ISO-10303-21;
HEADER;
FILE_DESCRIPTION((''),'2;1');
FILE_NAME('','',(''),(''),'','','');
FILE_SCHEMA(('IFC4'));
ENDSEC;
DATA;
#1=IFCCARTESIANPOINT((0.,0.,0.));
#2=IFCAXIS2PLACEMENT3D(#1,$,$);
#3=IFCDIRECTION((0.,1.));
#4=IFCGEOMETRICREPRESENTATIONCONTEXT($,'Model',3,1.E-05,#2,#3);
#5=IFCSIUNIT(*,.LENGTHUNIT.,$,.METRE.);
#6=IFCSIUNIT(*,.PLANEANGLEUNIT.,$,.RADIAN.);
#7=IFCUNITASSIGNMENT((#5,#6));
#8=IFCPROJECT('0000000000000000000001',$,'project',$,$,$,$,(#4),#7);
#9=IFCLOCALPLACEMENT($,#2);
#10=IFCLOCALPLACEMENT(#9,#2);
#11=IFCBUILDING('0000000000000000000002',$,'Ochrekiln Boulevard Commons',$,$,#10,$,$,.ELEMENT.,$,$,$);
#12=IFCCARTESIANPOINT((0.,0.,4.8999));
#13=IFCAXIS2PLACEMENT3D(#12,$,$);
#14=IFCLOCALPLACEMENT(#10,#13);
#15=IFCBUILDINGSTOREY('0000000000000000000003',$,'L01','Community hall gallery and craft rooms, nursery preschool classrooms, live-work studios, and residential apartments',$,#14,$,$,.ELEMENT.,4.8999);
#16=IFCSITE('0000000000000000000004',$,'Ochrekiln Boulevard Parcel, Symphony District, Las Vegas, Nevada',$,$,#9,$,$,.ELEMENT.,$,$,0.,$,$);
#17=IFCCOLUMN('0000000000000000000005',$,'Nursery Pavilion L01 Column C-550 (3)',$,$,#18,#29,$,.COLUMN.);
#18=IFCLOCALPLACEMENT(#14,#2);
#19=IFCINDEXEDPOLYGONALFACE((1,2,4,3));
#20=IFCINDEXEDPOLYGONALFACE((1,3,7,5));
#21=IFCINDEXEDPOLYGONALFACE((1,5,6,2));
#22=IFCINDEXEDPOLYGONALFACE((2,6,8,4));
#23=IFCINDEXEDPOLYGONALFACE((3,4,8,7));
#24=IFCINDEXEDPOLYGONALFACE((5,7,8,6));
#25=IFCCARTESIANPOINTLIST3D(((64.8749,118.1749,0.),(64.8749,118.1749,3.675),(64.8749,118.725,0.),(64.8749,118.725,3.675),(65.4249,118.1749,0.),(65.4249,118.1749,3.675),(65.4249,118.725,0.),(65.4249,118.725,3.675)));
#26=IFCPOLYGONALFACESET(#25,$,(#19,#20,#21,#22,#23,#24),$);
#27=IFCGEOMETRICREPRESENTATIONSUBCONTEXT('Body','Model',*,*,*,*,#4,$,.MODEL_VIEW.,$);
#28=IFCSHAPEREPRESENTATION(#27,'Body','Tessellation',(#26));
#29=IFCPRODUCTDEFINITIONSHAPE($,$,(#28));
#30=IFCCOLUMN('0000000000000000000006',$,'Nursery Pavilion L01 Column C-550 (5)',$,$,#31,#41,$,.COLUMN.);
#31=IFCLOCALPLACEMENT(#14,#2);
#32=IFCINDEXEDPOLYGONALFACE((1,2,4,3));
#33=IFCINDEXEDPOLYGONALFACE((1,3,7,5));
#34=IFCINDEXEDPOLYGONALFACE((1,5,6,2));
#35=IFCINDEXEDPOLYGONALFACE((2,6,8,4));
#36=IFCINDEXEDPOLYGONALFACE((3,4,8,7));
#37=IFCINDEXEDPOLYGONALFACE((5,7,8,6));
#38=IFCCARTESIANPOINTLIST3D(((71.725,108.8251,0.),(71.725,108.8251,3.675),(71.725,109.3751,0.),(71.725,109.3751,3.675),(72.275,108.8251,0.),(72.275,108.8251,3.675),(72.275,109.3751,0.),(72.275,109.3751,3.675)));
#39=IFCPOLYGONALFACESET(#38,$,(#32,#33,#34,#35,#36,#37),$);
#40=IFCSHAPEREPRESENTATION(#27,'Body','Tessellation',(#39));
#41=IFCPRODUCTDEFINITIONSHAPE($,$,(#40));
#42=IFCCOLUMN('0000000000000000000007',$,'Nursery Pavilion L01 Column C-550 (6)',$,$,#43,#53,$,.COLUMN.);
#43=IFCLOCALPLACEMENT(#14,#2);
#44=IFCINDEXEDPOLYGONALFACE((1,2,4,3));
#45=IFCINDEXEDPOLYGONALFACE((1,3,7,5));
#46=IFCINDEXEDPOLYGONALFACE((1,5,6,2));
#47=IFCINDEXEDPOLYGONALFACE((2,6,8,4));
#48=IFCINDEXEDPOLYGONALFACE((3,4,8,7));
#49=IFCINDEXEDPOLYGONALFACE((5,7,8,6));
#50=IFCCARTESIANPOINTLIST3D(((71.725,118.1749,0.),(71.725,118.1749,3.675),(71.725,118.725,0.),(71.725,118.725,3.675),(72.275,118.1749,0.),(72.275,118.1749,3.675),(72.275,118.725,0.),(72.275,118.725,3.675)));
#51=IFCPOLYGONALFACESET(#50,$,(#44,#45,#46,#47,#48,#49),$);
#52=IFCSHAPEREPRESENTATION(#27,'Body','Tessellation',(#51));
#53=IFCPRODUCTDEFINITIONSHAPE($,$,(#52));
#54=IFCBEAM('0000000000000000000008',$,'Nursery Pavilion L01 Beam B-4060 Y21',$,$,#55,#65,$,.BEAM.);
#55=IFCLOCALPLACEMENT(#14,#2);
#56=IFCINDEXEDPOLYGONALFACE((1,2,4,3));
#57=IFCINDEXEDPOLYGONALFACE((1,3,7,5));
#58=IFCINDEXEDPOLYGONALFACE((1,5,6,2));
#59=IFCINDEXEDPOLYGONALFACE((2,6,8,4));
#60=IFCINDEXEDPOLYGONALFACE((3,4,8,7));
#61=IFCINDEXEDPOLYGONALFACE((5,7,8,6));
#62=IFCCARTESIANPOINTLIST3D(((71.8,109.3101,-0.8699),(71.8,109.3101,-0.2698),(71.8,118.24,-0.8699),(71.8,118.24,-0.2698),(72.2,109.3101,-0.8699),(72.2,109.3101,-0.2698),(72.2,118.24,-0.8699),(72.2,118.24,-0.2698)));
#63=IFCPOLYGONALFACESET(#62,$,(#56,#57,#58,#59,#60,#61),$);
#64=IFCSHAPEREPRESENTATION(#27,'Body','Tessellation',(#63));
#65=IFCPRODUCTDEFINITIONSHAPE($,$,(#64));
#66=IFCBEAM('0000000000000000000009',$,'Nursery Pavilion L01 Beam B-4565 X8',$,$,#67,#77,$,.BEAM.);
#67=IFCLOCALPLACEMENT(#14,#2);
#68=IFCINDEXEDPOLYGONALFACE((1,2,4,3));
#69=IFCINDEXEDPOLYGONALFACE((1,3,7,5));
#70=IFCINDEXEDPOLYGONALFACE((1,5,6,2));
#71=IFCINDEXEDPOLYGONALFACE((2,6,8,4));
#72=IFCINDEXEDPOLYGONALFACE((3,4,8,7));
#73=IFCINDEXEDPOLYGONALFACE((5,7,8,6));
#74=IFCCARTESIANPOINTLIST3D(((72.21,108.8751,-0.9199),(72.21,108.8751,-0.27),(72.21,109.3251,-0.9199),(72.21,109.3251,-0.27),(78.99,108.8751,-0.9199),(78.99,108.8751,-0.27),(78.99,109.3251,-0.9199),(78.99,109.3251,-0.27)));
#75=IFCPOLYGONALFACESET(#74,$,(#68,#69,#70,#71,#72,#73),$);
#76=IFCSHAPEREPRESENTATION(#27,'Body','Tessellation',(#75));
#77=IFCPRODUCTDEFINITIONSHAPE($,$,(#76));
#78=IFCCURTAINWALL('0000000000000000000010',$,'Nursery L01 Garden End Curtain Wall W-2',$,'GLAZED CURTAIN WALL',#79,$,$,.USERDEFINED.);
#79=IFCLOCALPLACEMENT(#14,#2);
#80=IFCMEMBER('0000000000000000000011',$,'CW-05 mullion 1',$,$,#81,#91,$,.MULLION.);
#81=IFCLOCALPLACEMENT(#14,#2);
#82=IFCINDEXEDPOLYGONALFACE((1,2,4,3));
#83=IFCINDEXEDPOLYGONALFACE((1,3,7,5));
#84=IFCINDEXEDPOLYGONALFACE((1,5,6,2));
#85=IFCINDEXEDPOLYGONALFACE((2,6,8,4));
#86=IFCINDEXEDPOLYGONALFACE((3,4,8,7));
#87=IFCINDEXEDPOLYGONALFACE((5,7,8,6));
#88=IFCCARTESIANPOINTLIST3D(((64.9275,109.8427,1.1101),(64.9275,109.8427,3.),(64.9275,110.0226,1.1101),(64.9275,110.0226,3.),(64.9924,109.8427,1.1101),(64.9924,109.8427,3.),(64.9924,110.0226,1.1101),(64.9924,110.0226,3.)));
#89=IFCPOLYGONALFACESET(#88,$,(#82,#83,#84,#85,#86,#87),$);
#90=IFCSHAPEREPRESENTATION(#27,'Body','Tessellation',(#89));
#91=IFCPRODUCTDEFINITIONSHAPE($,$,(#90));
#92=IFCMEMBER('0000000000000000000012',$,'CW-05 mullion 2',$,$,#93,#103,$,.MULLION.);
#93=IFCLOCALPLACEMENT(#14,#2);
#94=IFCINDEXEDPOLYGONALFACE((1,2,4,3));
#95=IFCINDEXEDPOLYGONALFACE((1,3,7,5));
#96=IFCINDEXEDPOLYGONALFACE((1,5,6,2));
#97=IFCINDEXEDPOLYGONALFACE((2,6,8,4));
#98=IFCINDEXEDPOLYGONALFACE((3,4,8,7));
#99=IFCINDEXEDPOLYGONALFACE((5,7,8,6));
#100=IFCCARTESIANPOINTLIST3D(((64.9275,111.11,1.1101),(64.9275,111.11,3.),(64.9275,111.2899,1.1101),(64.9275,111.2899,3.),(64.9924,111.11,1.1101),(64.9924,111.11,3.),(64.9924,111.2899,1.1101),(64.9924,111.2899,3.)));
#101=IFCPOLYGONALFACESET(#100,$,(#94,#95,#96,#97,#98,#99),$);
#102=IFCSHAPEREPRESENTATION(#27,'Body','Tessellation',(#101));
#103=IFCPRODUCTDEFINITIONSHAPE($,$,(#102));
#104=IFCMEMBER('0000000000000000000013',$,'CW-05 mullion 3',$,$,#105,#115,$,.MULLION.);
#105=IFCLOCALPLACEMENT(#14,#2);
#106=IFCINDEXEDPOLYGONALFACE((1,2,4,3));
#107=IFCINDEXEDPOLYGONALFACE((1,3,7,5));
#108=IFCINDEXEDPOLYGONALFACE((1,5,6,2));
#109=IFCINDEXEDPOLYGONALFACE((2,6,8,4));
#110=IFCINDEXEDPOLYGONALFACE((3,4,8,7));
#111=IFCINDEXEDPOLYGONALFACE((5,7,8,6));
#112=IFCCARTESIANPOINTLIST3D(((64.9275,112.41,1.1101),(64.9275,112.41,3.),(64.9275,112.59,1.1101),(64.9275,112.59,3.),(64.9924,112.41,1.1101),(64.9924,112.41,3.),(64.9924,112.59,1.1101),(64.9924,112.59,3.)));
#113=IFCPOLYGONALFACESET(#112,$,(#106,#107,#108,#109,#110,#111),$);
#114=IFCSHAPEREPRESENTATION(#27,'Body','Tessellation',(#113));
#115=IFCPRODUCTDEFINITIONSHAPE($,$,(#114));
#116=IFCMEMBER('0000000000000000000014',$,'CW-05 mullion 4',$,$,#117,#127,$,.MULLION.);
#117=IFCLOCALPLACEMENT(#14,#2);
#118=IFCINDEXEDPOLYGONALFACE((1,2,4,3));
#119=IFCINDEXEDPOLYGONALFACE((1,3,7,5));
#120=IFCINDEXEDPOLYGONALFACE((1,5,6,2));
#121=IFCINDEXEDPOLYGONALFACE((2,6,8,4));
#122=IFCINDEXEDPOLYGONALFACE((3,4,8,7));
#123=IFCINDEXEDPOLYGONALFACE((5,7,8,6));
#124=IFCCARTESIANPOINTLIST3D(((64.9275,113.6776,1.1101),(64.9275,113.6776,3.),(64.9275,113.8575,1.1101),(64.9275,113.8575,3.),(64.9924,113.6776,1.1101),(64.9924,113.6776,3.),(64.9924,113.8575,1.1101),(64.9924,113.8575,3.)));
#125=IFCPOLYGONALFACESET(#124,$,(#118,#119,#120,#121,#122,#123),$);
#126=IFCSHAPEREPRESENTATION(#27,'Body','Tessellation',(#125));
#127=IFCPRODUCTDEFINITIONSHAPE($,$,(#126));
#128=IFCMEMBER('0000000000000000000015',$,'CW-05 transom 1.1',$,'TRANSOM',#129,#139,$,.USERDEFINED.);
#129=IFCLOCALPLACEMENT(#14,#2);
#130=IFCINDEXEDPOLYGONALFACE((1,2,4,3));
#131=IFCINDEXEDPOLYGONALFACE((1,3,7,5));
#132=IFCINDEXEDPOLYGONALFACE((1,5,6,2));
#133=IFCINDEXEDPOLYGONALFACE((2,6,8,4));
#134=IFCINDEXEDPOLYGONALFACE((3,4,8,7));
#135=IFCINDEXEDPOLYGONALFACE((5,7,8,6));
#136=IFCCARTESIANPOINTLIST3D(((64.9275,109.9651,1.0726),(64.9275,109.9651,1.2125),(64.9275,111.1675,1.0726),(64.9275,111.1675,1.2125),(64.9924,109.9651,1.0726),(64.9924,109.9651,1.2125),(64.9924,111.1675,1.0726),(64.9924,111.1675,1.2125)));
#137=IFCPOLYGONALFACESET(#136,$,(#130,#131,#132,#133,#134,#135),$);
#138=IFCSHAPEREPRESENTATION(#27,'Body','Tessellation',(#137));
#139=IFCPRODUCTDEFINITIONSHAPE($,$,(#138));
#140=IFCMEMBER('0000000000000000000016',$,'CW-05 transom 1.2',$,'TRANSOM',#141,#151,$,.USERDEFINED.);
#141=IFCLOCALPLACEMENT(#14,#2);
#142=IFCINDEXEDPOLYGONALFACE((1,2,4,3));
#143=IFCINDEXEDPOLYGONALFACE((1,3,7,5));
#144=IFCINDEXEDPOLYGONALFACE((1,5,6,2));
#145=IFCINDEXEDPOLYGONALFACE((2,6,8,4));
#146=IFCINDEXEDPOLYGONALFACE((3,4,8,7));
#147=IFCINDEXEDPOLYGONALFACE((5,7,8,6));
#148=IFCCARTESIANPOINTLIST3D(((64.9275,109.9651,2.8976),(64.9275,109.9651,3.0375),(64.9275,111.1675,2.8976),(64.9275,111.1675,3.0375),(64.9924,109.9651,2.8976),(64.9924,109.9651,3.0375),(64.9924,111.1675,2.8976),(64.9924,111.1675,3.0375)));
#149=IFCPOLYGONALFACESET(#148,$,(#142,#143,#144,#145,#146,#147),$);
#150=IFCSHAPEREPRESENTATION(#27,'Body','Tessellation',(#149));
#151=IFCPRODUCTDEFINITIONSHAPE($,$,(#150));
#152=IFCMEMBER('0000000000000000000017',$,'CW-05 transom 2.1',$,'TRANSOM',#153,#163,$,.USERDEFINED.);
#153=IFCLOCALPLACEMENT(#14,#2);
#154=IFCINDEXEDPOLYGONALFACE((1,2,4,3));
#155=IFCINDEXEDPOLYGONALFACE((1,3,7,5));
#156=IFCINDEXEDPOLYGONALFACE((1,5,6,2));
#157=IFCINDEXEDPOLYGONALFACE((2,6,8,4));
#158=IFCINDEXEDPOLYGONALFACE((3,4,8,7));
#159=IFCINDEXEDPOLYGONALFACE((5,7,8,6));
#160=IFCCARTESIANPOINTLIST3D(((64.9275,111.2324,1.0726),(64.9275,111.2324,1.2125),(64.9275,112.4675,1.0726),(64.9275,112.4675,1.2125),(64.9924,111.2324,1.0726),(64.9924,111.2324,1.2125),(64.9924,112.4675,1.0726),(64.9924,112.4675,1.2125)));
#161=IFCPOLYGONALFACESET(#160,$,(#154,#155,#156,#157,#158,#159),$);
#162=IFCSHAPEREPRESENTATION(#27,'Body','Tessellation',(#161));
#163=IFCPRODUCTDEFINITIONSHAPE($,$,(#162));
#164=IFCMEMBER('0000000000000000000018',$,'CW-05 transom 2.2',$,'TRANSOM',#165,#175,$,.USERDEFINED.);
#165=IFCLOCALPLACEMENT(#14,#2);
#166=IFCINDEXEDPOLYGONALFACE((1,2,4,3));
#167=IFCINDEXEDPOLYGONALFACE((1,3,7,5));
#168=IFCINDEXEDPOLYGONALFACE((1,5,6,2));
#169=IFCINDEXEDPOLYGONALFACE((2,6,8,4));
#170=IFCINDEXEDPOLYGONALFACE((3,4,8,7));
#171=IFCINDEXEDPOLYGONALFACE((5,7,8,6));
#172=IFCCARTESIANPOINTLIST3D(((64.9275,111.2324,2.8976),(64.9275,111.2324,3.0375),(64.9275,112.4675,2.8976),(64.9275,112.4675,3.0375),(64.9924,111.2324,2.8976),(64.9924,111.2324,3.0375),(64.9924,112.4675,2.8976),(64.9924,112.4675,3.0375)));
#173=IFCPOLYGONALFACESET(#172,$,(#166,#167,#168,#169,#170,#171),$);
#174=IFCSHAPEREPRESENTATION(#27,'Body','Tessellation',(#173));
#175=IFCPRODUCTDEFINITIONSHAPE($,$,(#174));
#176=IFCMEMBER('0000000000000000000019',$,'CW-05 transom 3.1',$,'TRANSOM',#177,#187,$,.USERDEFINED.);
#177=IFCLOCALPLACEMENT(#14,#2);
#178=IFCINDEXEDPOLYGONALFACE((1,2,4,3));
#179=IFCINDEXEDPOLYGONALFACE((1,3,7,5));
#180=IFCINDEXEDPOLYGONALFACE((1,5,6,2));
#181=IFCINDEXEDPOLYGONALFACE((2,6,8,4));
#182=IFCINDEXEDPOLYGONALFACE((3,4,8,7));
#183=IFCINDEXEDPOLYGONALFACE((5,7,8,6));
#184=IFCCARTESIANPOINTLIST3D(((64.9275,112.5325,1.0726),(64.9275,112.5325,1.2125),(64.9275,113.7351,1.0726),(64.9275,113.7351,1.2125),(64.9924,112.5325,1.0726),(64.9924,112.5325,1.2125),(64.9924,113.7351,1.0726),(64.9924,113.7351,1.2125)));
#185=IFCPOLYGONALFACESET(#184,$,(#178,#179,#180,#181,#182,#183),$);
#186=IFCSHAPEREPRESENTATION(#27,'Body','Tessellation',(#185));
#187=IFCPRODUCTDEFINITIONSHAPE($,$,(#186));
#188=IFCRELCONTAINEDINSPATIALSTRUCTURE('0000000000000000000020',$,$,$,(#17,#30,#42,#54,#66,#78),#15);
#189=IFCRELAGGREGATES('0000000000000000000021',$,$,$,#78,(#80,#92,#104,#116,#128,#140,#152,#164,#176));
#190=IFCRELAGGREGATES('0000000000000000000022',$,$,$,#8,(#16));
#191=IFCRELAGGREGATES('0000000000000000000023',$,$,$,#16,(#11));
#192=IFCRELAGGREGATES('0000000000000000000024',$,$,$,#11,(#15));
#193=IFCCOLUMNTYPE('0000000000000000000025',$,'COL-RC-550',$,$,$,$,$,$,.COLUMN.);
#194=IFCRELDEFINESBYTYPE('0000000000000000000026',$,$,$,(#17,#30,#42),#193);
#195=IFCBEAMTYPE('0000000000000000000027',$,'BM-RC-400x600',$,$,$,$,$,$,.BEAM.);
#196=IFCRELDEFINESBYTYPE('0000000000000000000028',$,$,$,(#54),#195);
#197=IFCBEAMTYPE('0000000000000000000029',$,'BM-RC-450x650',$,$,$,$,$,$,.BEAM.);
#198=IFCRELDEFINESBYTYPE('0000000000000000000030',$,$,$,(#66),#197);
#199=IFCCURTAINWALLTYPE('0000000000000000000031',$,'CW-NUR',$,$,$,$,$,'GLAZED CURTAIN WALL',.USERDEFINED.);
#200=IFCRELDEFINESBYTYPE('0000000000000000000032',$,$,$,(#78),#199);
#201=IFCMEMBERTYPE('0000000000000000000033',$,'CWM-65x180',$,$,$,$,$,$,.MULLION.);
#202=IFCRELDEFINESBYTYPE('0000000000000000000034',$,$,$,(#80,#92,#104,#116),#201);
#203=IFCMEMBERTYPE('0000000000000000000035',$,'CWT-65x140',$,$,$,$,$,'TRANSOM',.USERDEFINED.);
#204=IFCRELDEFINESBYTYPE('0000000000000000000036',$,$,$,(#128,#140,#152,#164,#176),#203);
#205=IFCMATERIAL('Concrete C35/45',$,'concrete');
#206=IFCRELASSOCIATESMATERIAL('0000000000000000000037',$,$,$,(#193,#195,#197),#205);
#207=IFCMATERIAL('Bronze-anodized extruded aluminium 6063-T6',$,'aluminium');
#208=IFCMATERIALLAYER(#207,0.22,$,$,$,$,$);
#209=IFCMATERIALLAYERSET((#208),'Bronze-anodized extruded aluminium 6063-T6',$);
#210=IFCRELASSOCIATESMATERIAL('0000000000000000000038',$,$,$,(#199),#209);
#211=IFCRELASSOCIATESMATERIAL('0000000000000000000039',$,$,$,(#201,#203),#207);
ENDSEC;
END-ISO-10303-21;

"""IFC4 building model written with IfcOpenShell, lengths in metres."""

from ifc_helpers import new_model, si_unit, direction, frame, origin, origin_2d, place, context, subcontext, project, spatial, rectangle, extrude, material, layer, layer_set, material_profile, profile_set, type_object, element, aggregate, save


model = new_model("IFC4")

# Units and contexts
model_context = context("Model", 3, precision=1e-05, world=origin(), true_north=direction((0.0, 1.0)))
body_context = subcontext(model_context, "Body", "Model", "MODEL_VIEW")
ifc_project = project(units=[si_unit("LENGTHUNIT", "METRE"), si_unit("PLANEANGLEUNIT", "RADIAN")], contexts=[model_context])

# Site, building, storey
site_placement = place(None, origin())
site = spatial("IfcSite", under=ifc_project, at=site_placement, Name="Ochrekiln Boulevard Parcel, Symphony District, Las Vegas, Nevada", CompositionType="ELEMENT", RefElevation=0.0)
building_placement = place(site_placement, origin())
building = spatial("IfcBuilding", under=site, at=building_placement, Name="Ochrekiln Boulevard Commons", CompositionType="ELEMENT")
storey_placement = place(building_placement, frame((0.0, 0.0, 4.8999)))
storey = spatial("IfcBuildingStorey", under=building, at=storey_placement, Name="L01", Description="Community hall gallery and craft rooms, nursery preschool classrooms, live-work studios, and residential apartments", CompositionType="ELEMENT", Elevation=4.8999)

# Columns
ifc_material_1 = material(Name="Concrete C35/45", Category="concrete")
ifc_material_profile_1 = material_profile(ifc_material_1, rectangle(XDim=0.55, YDim=0.55, at=origin_2d()), Name="RC-COL-550x550")
ifc_profile_set_1 = profile_set([ifc_material_profile_1], Name="Concrete C35/45")
column_type = type_object("IfcColumnType", Name="COL-RC-550", PredefinedType="COLUMN", material=ifc_profile_set_1)
for number, where, z_axis, x_axis, name in (
    (1, (65.1499, 118.45, 0.0), (0.0, 0.0, 1.0), (1.0, 0.0, 0.0), "Nursery Pavilion L01 Column C-550 (3)"),
    (2, (72.0, 109.1001, 0.0), (0.0, 0.0, 1.0), (1.0, 0.0, 0.0), "Nursery Pavilion L01 Column C-550 (5)"),
    (3, (72.0, 118.45, 0.0), (0.0, 0.0, 1.0), (1.0, 0.0, 0.0), "Nursery Pavilion L01 Column C-550 (6)"),
):
    element("IfcColumn", number, at=place(storey_placement, frame(where, z_axis=z_axis, x_axis=x_axis)), inside=storey, type_object=column_type, Name=name, PredefinedType="COLUMN", context=body_context, shape_type="SweptSolid", body=[
        extrude(rectangle(XDim=0.55, YDim=0.55, at=origin_2d()), origin(), (0.0, 0.0, 1.0), 3.675),
    ])

# Beams
ifc_material_profile_2 = material_profile(ifc_material_1, rectangle(XDim=0.3999, YDim=0.6001, at=origin_2d()), Name="RC-BM-400x600")
ifc_profile_set_2 = profile_set([ifc_material_profile_2], Name="Concrete C35/45")
beam_type_1 = type_object("IfcBeamType", Name="BM-RC-400x600", PredefinedType="BEAM", material=ifc_profile_set_2)
beam_1_placement = place(storey_placement, frame((72.0, 109.3101, -0.5698), z_axis=(0.0, 1.0, 0.0), x_axis=(-1.0, 0.0, 0.0)))
element("IfcBeam", 4, at=beam_1_placement, inside=storey, type_object=beam_type_1, Name="Nursery Pavilion L01 Beam B-4060 Y21", PredefinedType="BEAM", context=body_context, shape_type="SweptSolid", body=[
    extrude(rectangle(XDim=0.3999, YDim=0.6001, at=origin_2d()), origin(), (0.0, 0.0, 1.0), 8.9299),
])
ifc_material_profile_3 = material_profile(ifc_material_1, rectangle(XDim=0.45, YDim=0.6499, at=origin_2d()), Name="RC-BM-450x650")
ifc_profile_set_3 = profile_set([ifc_material_profile_3], Name="Concrete C35/45")
beam_type_2 = type_object("IfcBeamType", Name="BM-RC-450x650", PredefinedType="BEAM", material=ifc_profile_set_3)
beam_2_placement = place(storey_placement, frame((72.21, 109.1001, -0.595), z_axis=(1.0, 0.0, 0.0), x_axis=(0.0, 1.0, 0.0)))
element("IfcBeam", 5, at=beam_2_placement, inside=storey, type_object=beam_type_2, Name="Nursery Pavilion L01 Beam B-4565 X8", PredefinedType="BEAM", context=body_context, shape_type="SweptSolid", body=[
    extrude(rectangle(XDim=0.45, YDim=0.6499, at=origin_2d()), origin(), (0.0, 0.0, 1.0), 6.78),
])

# Curtain wall, members
ifc_material_2 = material(Name="Bronze-anodized extruded aluminium 6063-T6", Category="aluminium")
ifc_layer_1 = layer(ifc_material_2, 0.22)
ifc_layer_set_1 = layer_set([ifc_layer_1], Name="Bronze-anodized extruded aluminium 6063-T6")
curtain_wall_type = type_object("IfcCurtainWallType", Name="CW-NUR", ElementType="GLAZED CURTAIN WALL", PredefinedType="USERDEFINED", material=ifc_layer_set_1)
curtain_wall_placement = place(storey_placement, origin())
curtain_wall = element("IfcCurtainWall", 6, at=curtain_wall_placement, inside=storey, type_object=curtain_wall_type, Name="Nursery L01 Garden End Curtain Wall W-2", ObjectType="GLAZED CURTAIN WALL", PredefinedType="USERDEFINED")
ifc_material_profile_4 = material_profile(ifc_material_2, rectangle(XDim=0.0649, YDim=0.1799, at=origin_2d()), Name="ALU-MUL-65x180")
ifc_profile_set_4 = profile_set([ifc_material_profile_4], Name="Bronze-anodized extruded aluminium 6063-T6")
member_type_1 = type_object("IfcMemberType", Name="CWM-65x180", PredefinedType="MULLION", material=ifc_profile_set_4)
member_1_placement = place(storey_placement, frame((64.96, 109.9326, 1.1101), z_axis=(0.0, 0.0, 1.0), x_axis=(-1.0, 0.0, 0.0)))
member_1 = element("IfcMember", 7, at=member_1_placement, type_object=member_type_1, Name="CW-05 mullion 1", PredefinedType="MULLION", context=body_context, shape_type="SweptSolid", body=[
    extrude(rectangle(XDim=0.0649, YDim=0.1799, at=origin_2d()), origin(), (0.0, 0.0, 1.0), 1.8899),
])
member_2_placement = place(storey_placement, frame((64.96, 111.2, 1.1101), z_axis=(0.0, 0.0, 1.0), x_axis=(-1.0, 0.0, 0.0)))
member_2 = element("IfcMember", 8, at=member_2_placement, type_object=member_type_1, Name="CW-05 mullion 2", PredefinedType="MULLION", context=body_context, shape_type="SweptSolid", body=[
    extrude(rectangle(XDim=0.0649, YDim=0.1799, at=origin_2d()), origin(), (0.0, 0.0, 1.0), 1.8899),
])
member_3_placement = place(storey_placement, frame((64.96, 112.5, 1.1101), z_axis=(0.0, 0.0, 1.0), x_axis=(-1.0, 0.0, 0.0)))
member_3 = element("IfcMember", 9, at=member_3_placement, type_object=member_type_1, Name="CW-05 mullion 3", PredefinedType="MULLION", context=body_context, shape_type="SweptSolid", body=[
    extrude(rectangle(XDim=0.0649, YDim=0.1799, at=origin_2d()), origin(), (0.0, 0.0, 1.0), 1.8899),
])
member_4_placement = place(storey_placement, frame((64.96, 113.7676, 1.1101), z_axis=(0.0, 0.0, 1.0), x_axis=(-1.0, 0.0, 0.0)))
member_4 = element("IfcMember", 10, at=member_4_placement, type_object=member_type_1, Name="CW-05 mullion 4", PredefinedType="MULLION", context=body_context, shape_type="SweptSolid", body=[
    extrude(rectangle(XDim=0.0649, YDim=0.1799, at=origin_2d()), origin(), (0.0, 0.0, 1.0), 1.8899),
])
ifc_material_profile_5 = material_profile(ifc_material_2, rectangle(XDim=0.0649, YDim=0.1399, at=origin_2d()), Name="ALU-TRN-65x140")
ifc_profile_set_5 = profile_set([ifc_material_profile_5], Name="Bronze-anodized extruded aluminium 6063-T6")
member_type_2 = type_object("IfcMemberType", Name="CWT-65x140", ElementType="TRANSOM", PredefinedType="USERDEFINED", material=ifc_profile_set_5)
member_5_placement = place(storey_placement, frame((64.96, 109.9651, 1.1426), z_axis=(0.0, 1.0, 0.0), x_axis=(-1.0, 0.0, 0.0)))
member_5 = element("IfcMember", 11, at=member_5_placement, type_object=member_type_2, Name="CW-05 transom 1.1", ObjectType="TRANSOM", PredefinedType="USERDEFINED", context=body_context, shape_type="SweptSolid", body=[
    extrude(rectangle(XDim=0.0649, YDim=0.1399, at=origin_2d()), origin(), (0.0, 0.0, 1.0), 1.2024),
])
member_6_placement = place(storey_placement, frame((64.96, 109.9651, 2.9675), z_axis=(0.0, 1.0, 0.0), x_axis=(-1.0, 0.0, 0.0)))
member_6 = element("IfcMember", 12, at=member_6_placement, type_object=member_type_2, Name="CW-05 transom 1.2", ObjectType="TRANSOM", PredefinedType="USERDEFINED", context=body_context, shape_type="SweptSolid", body=[
    extrude(rectangle(XDim=0.0649, YDim=0.1399, at=origin_2d()), origin(), (0.0, 0.0, 1.0), 1.2024),
])
member_7_placement = place(storey_placement, frame((64.96, 111.2324, 1.1426), z_axis=(0.0, 1.0, 0.0), x_axis=(-1.0, 0.0, 0.0)))
member_7 = element("IfcMember", 13, at=member_7_placement, type_object=member_type_2, Name="CW-05 transom 2.1", ObjectType="TRANSOM", PredefinedType="USERDEFINED", context=body_context, shape_type="SweptSolid", body=[
    extrude(rectangle(XDim=0.0649, YDim=0.1399, at=origin_2d()), origin(), (0.0, 0.0, 1.0), 1.2351),
])
member_8_placement = place(storey_placement, frame((64.96, 111.2324, 2.9675), z_axis=(0.0, 1.0, 0.0), x_axis=(-1.0, 0.0, 0.0)))
member_8 = element("IfcMember", 14, at=member_8_placement, type_object=member_type_2, Name="CW-05 transom 2.2", ObjectType="TRANSOM", PredefinedType="USERDEFINED", context=body_context, shape_type="SweptSolid", body=[
    extrude(rectangle(XDim=0.0649, YDim=0.1399, at=origin_2d()), origin(), (0.0, 0.0, 1.0), 1.2351),
])
member_9_placement = place(storey_placement, frame((64.96, 112.5325, 1.1426), z_axis=(0.0, 1.0, 0.0), x_axis=(-1.0, 0.0, 0.0)))
member_9 = element("IfcMember", 15, at=member_9_placement, type_object=member_type_2, Name="CW-05 transom 3.1", ObjectType="TRANSOM", PredefinedType="USERDEFINED", context=body_context, shape_type="SweptSolid", body=[
    extrude(rectangle(XDim=0.0649, YDim=0.1399, at=origin_2d()), origin(), (0.0, 0.0, 1.0), 1.2026),
])

aggregate(curtain_wall, [member_1, member_2, member_3, member_4, member_5, member_6, member_7, member_8, member_9])

save(model, "model.ifc")
